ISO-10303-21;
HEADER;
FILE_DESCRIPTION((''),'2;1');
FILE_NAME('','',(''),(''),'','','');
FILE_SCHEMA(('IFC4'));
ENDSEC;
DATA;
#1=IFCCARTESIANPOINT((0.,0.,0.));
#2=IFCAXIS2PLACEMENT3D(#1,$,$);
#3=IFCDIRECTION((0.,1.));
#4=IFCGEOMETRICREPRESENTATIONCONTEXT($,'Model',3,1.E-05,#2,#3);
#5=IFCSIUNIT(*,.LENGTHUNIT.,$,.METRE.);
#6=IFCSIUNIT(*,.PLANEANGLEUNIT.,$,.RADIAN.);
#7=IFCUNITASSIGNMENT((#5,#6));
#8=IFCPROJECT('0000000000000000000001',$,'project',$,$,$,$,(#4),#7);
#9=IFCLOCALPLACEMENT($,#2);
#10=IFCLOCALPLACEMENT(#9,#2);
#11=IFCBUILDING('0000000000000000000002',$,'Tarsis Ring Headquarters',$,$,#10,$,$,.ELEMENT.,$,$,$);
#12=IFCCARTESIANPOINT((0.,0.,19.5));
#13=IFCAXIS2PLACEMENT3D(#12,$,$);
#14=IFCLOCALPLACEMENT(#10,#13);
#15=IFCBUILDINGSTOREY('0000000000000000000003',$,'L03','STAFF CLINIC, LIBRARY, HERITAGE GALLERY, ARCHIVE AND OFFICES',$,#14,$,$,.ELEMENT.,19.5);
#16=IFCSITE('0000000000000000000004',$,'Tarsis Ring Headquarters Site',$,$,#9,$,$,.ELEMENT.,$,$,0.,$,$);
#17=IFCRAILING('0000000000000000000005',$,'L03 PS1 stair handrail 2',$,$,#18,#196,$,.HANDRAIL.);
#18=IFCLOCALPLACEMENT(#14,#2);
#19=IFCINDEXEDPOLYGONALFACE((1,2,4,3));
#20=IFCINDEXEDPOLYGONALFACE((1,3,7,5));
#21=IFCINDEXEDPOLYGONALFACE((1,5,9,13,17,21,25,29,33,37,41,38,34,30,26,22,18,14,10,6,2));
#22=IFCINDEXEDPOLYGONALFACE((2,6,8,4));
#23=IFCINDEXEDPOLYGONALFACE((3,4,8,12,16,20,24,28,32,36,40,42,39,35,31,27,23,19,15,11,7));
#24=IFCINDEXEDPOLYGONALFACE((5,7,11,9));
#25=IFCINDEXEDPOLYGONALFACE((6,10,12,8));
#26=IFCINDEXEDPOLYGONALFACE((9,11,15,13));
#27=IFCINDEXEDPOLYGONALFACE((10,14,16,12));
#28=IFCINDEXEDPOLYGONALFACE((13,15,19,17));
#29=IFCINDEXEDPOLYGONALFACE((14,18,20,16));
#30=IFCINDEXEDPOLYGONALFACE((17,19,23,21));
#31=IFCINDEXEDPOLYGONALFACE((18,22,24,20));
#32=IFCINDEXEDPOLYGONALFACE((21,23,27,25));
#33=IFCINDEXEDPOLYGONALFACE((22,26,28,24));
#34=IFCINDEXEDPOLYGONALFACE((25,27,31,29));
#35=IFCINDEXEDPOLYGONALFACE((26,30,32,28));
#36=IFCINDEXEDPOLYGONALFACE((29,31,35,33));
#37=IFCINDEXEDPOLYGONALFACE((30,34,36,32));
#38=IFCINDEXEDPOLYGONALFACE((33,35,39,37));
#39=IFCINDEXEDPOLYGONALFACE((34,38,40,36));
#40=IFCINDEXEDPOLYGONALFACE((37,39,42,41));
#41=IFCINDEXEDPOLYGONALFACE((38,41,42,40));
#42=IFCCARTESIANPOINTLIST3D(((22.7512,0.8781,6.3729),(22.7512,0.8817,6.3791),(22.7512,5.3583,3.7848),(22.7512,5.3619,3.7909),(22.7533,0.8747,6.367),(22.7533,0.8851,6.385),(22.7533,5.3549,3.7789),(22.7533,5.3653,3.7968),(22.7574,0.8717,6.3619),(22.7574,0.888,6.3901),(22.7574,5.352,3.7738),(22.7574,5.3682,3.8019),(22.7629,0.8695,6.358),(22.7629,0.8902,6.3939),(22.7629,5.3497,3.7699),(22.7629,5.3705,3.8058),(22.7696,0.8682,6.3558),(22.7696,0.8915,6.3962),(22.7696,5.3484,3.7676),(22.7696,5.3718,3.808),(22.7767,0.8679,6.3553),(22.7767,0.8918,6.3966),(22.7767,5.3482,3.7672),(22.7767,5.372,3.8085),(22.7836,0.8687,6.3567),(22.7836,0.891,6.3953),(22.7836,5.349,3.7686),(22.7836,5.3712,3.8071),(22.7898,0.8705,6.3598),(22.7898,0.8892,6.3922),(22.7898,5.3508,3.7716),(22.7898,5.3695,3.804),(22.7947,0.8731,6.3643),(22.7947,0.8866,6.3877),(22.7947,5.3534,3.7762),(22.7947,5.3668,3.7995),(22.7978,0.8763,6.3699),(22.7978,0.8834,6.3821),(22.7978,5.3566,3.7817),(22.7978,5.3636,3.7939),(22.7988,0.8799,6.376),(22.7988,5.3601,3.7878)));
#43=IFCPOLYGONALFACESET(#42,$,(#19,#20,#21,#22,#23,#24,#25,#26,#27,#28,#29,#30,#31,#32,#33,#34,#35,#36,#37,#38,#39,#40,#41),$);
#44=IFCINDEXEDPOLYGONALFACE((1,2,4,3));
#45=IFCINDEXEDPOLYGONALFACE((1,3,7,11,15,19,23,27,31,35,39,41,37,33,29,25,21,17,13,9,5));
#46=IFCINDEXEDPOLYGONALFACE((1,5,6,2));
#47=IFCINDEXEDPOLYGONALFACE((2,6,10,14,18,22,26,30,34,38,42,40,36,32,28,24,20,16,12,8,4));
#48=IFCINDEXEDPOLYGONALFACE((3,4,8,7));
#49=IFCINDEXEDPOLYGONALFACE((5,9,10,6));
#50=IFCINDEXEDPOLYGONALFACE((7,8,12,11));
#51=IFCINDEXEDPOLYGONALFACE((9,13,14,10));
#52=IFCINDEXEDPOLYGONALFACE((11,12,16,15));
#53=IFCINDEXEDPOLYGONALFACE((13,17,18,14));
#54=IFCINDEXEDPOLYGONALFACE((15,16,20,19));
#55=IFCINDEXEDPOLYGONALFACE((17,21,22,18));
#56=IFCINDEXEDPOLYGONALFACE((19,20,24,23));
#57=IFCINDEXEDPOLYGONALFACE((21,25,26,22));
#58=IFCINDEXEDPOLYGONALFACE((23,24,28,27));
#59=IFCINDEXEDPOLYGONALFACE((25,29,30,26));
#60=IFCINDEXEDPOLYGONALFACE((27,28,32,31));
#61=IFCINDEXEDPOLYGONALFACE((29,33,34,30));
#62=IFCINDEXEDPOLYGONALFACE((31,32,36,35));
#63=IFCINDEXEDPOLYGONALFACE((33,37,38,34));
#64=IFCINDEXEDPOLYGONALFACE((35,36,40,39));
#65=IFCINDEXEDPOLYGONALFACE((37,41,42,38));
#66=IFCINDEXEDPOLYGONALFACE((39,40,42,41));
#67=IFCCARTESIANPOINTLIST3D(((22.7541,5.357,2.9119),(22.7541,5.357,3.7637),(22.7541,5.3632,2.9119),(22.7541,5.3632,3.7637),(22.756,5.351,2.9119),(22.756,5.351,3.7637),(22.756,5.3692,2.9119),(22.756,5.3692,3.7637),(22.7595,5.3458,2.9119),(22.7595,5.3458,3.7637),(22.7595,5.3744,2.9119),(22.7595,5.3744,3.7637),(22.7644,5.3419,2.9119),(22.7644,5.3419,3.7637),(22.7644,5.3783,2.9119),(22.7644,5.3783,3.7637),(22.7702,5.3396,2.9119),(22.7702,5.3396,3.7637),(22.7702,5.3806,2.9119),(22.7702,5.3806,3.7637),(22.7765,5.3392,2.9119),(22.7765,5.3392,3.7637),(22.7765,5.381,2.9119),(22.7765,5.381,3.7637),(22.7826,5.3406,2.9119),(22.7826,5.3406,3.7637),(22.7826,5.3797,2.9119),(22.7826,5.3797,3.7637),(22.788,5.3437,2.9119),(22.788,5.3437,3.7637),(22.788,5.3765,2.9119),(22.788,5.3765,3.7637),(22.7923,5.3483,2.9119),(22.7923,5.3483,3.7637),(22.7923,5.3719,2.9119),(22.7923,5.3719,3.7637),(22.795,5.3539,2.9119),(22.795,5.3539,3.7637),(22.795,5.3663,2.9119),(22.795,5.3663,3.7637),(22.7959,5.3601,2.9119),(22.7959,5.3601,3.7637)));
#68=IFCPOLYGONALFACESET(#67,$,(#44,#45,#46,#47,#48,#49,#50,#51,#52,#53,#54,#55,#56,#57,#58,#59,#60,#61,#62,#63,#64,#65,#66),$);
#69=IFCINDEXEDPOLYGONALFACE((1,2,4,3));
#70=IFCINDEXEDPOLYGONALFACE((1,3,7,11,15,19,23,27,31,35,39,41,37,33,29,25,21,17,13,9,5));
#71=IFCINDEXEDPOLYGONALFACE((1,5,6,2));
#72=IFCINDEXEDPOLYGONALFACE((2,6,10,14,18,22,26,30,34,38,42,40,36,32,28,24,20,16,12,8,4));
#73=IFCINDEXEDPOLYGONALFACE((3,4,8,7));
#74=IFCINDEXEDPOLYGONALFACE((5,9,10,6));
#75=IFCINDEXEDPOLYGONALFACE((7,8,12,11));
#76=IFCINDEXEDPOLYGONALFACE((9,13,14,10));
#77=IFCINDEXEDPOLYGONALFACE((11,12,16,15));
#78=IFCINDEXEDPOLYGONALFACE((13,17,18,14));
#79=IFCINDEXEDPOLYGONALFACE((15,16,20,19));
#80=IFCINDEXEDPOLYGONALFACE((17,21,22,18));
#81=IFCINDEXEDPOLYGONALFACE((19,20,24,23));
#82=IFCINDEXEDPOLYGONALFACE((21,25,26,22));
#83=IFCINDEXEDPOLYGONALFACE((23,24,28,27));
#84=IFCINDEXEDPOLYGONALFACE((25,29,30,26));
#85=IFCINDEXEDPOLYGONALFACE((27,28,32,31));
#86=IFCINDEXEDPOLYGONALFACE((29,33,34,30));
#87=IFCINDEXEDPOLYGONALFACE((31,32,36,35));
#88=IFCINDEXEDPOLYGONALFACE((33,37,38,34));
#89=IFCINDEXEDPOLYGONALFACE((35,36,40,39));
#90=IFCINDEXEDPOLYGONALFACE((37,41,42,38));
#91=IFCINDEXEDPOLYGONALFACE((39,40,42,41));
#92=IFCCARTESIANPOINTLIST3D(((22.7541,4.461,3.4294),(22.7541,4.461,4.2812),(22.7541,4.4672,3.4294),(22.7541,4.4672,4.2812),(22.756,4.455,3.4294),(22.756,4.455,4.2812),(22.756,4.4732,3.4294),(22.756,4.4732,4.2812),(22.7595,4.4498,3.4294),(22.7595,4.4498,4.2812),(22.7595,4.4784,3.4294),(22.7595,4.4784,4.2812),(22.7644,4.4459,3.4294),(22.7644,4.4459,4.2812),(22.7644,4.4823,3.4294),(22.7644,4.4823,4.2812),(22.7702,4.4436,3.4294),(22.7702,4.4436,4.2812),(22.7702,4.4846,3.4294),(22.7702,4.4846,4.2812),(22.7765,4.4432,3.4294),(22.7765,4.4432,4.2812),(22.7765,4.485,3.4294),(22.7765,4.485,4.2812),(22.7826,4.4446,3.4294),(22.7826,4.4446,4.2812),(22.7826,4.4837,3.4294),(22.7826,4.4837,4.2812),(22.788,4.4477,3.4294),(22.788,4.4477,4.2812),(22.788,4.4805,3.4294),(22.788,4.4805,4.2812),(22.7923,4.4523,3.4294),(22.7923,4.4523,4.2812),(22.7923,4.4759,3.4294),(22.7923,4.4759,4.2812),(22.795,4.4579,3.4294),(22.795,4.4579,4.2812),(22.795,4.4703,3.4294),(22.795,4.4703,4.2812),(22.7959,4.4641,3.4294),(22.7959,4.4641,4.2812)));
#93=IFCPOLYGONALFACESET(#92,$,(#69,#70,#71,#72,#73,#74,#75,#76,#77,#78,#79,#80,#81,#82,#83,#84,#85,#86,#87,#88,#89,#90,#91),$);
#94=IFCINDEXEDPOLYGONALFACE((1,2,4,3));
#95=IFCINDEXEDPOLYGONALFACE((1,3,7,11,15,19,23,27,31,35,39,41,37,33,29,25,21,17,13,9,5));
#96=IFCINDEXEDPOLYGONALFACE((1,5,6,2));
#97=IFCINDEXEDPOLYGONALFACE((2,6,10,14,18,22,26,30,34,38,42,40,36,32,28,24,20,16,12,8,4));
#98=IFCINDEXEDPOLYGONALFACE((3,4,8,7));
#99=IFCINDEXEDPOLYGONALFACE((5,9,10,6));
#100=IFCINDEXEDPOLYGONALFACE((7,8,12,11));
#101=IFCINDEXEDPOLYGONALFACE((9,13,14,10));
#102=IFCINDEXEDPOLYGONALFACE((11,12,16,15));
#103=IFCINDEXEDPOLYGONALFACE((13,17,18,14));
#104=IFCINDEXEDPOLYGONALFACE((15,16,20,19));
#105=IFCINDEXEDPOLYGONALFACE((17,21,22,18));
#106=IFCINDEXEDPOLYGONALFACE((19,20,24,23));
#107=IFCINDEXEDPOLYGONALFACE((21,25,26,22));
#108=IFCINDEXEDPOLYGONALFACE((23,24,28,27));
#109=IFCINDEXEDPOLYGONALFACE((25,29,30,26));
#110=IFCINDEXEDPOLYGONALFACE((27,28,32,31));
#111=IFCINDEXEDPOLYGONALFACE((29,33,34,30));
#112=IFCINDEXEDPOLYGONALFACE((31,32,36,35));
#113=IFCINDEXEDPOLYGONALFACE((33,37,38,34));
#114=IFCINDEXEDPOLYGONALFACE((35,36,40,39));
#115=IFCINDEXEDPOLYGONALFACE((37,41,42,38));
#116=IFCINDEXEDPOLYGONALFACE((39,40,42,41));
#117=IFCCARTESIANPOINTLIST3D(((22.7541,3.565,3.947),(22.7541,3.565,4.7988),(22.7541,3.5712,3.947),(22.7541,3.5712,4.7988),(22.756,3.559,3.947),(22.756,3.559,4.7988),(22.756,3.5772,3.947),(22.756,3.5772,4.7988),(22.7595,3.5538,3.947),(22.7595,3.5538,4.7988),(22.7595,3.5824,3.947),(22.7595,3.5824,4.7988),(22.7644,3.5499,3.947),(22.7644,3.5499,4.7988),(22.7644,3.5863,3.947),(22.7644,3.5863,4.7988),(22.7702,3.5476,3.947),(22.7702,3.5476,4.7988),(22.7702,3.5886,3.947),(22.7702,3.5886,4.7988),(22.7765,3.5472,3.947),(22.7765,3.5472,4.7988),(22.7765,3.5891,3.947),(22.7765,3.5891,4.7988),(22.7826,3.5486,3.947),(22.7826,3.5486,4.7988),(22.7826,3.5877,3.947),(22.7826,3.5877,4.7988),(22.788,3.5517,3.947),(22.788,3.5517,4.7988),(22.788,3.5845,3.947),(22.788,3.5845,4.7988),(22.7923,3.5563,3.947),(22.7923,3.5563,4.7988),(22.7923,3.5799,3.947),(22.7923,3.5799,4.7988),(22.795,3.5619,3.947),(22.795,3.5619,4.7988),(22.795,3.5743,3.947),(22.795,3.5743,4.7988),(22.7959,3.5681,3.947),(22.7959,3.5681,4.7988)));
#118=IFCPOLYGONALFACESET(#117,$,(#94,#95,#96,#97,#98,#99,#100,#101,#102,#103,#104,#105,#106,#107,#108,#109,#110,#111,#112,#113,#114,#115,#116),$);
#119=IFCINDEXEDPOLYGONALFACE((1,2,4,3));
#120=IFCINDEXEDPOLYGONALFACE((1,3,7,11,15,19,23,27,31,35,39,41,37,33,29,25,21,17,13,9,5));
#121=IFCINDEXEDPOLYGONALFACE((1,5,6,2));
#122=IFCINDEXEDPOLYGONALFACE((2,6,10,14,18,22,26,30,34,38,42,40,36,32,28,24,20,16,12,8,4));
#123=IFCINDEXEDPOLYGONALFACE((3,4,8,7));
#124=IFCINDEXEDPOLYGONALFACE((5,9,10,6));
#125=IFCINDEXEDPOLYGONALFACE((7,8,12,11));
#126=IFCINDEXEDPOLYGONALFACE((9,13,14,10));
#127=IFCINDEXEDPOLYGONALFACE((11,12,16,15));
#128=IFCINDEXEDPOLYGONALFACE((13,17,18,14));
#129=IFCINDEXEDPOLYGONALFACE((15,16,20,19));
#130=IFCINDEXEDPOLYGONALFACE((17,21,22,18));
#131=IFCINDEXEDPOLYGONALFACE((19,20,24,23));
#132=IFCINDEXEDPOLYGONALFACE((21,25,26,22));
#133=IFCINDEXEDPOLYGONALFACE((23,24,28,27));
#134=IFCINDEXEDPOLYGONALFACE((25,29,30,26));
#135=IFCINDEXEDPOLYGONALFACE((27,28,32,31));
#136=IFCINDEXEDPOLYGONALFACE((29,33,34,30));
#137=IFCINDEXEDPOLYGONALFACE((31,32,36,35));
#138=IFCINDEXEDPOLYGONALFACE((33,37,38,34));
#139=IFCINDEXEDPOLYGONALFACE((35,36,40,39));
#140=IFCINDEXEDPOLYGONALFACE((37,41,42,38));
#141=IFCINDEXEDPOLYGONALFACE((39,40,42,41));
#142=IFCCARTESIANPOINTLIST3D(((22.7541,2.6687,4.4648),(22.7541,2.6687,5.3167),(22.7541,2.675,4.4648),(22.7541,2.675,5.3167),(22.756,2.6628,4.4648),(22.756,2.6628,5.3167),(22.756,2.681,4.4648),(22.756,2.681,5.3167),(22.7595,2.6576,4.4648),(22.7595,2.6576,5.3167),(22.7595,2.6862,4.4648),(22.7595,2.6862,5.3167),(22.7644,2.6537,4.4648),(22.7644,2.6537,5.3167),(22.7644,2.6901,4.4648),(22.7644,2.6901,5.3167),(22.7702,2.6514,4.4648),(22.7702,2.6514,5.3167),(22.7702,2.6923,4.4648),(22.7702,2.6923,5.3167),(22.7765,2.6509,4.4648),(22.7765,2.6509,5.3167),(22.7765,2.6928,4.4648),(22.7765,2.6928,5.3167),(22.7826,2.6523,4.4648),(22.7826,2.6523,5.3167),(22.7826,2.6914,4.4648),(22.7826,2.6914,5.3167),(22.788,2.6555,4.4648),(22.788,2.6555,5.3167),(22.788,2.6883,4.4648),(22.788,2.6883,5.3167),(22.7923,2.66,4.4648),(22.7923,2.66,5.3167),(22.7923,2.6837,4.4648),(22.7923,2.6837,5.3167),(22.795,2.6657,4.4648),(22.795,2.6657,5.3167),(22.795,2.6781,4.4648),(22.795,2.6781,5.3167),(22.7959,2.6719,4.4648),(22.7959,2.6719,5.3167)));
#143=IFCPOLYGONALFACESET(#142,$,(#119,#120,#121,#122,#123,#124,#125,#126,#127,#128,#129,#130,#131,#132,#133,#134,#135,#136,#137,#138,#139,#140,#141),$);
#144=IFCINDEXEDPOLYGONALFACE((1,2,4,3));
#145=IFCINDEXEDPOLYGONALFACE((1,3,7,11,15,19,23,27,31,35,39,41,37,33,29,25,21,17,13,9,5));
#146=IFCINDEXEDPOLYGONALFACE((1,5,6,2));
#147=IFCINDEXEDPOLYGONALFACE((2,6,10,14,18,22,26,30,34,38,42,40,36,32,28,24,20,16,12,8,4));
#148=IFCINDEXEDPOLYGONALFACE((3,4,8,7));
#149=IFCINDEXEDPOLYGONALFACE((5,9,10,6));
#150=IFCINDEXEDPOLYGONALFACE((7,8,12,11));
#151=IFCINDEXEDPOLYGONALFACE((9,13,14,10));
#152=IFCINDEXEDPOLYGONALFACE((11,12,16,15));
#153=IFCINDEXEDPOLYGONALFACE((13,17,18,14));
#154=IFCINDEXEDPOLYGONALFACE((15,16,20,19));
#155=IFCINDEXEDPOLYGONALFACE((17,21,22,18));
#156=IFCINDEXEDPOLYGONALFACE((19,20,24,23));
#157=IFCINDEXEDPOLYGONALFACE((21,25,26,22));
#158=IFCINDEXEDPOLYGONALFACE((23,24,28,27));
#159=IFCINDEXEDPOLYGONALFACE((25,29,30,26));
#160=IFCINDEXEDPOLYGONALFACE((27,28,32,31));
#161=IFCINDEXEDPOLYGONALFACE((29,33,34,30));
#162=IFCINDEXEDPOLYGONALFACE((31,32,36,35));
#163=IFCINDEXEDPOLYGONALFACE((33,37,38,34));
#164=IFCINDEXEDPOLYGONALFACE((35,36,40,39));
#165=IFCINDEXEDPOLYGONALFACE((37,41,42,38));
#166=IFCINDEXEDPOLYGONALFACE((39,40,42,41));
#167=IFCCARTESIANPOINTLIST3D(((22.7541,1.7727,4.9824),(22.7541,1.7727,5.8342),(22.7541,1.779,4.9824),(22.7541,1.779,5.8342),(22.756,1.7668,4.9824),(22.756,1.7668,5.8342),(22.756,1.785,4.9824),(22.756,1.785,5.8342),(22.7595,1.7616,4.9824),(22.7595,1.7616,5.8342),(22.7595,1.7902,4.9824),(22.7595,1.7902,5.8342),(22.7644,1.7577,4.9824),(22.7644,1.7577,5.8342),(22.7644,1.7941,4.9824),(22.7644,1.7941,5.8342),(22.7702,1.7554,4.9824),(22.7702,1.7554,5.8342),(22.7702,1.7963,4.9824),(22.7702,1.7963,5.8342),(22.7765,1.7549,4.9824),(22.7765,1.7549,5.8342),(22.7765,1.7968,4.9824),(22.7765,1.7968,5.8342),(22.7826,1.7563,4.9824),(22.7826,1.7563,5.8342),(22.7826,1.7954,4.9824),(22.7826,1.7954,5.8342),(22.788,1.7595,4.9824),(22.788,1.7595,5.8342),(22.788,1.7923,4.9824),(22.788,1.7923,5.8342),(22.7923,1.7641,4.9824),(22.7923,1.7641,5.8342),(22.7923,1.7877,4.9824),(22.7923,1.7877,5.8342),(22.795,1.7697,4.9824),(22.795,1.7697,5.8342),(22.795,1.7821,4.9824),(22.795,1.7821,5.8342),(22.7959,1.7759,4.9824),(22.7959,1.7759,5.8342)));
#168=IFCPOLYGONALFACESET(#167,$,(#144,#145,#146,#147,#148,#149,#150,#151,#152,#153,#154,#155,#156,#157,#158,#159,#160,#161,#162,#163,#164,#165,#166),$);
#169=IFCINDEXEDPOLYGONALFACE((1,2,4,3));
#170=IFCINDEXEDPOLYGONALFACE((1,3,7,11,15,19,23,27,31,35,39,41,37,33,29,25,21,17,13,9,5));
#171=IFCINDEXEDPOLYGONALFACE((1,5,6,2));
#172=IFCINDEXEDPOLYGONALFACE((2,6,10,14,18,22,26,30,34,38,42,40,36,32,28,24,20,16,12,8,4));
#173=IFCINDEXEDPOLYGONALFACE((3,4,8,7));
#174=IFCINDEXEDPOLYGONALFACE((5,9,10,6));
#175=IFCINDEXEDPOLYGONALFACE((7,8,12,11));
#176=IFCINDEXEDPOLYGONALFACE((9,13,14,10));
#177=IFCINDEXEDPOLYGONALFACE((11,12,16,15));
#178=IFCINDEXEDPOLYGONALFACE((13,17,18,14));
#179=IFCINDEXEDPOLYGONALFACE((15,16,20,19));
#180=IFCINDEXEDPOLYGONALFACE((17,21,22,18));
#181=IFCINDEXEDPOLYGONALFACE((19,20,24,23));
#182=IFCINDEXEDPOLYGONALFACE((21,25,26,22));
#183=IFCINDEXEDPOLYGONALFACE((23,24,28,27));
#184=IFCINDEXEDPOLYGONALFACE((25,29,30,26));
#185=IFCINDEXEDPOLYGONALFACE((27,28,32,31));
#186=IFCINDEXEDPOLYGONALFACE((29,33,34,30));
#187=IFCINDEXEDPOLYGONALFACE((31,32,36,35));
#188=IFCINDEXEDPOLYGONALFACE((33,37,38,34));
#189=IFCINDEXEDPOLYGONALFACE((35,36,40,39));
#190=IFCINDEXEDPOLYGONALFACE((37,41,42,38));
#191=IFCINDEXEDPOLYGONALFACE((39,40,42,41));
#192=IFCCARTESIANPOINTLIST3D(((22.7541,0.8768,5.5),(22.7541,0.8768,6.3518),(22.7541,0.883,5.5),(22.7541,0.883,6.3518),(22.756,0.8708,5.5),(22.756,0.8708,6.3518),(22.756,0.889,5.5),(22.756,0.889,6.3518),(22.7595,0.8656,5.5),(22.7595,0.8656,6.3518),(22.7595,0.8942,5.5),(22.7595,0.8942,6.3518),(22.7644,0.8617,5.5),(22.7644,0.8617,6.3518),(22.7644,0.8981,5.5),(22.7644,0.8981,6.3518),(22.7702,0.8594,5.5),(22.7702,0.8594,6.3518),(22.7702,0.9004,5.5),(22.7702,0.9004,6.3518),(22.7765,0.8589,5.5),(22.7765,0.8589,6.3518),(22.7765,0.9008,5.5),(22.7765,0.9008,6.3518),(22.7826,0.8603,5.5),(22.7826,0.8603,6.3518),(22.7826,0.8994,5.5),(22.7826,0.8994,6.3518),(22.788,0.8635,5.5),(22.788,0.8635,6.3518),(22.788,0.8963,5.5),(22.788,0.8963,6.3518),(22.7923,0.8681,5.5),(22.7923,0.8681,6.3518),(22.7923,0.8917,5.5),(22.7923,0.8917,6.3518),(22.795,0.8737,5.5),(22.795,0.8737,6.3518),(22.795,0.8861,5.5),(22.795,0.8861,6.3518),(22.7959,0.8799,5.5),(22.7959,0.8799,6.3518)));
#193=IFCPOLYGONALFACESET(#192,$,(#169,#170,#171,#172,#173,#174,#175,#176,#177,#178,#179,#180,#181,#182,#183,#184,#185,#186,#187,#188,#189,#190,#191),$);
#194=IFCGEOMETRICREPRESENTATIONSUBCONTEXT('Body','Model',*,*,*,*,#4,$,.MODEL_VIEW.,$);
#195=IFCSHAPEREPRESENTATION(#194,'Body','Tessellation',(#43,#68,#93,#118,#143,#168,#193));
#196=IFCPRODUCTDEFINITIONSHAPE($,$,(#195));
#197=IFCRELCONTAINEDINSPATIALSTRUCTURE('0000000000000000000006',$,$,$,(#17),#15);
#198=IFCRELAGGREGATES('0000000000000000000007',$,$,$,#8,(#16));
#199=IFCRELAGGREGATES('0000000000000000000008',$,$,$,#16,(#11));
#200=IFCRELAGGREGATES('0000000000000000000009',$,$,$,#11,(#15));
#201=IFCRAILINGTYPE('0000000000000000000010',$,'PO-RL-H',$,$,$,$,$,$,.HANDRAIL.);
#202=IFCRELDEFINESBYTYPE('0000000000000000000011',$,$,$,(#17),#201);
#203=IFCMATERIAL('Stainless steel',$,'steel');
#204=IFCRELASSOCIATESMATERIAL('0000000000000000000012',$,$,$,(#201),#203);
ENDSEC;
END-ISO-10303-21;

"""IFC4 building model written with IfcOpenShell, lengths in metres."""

from ifc_helpers import new_model, si_unit, direction, frame, origin, origin_2d, place, context, subcontext, project, spatial, circle, extrude, material, type_object, element, save


model = new_model("IFC4")

# Units and contexts
model_context = context("Model", 3, precision=1e-05, world=origin(), true_north=direction((0.0, 1.0)))
body_context = subcontext(model_context, "Body", "Model", "MODEL_VIEW")
ifc_project = project(units=[si_unit("LENGTHUNIT", "METRE"), si_unit("PLANEANGLEUNIT", "RADIAN")], contexts=[model_context])

# Site, building, storey
site_placement = place(None, origin())
site = spatial("IfcSite", under=ifc_project, at=site_placement, Name="Tarsis Ring Headquarters Site", CompositionType="ELEMENT", RefElevation=0.0)
building_placement = place(site_placement, origin())
building = spatial("IfcBuilding", under=site, at=building_placement, Name="Tarsis Ring Headquarters", CompositionType="ELEMENT")
storey_placement = place(building_placement, frame((0.0, 0.0, 19.5)))
storey = spatial("IfcBuildingStorey", under=building, at=storey_placement, Name="L03", Description="STAFF CLINIC, LIBRARY, HERITAGE GALLERY, ARCHIVE AND OFFICES", CompositionType="ELEMENT", Elevation=19.5)

# Railing
ifc_material_1 = material(Name="Stainless steel", Category="steel")
railing_type_1 = type_object("IfcRailingType", Name="PO-RL-H", PredefinedType="HANDRAIL", material=ifc_material_1)
railing_1_placement = place(storey_placement, frame((22.7749, 5.3601, 2.9119)))
element("IfcRailing", 1, at=railing_1_placement, inside=storey, type_object=railing_type_1, Name="L03 PS1 stair handrail 2", PredefinedType="HANDRAIL", context=body_context, shape_type="SweptSolid", body=[
    extrude(circle(Radius=0.0239, at=origin_2d()), frame((0.0, 0.0, 0.876), z_axis=(0.0, -0.865902, 0.500214), x_axis=(1.0, 0.0, 0.0)), (0.0, 0.0, 1.0), 5.1741),
    extrude(circle(Radius=0.021, at=origin_2d()), origin(), (0.0, 0.0, 1.0), 0.8518),
    extrude(circle(Radius=0.021, at=origin_2d()), frame((0.0, -0.896, 0.5176)), (0.0, 0.0, 1.0), 0.8518),
    extrude(circle(Radius=0.021, at=origin_2d()), frame((0.0, -1.792, 1.0352)), (0.0, 0.0, 1.0), 0.8518),
    extrude(circle(Radius=0.021, at=origin_2d()), frame((0.0, -2.6882, 1.553)), (0.0, 0.0, 1.0), 0.8518),
    extrude(circle(Radius=0.021, at=origin_2d()), frame((0.0, -3.5842, 2.0706)), (0.0, 0.0, 1.0), 0.8518),
    extrude(circle(Radius=0.021, at=origin_2d()), frame((0.0, -4.4802, 2.5881)), (0.0, 0.0, 1.0), 0.8518),
])

save(model, "model.ifc")
